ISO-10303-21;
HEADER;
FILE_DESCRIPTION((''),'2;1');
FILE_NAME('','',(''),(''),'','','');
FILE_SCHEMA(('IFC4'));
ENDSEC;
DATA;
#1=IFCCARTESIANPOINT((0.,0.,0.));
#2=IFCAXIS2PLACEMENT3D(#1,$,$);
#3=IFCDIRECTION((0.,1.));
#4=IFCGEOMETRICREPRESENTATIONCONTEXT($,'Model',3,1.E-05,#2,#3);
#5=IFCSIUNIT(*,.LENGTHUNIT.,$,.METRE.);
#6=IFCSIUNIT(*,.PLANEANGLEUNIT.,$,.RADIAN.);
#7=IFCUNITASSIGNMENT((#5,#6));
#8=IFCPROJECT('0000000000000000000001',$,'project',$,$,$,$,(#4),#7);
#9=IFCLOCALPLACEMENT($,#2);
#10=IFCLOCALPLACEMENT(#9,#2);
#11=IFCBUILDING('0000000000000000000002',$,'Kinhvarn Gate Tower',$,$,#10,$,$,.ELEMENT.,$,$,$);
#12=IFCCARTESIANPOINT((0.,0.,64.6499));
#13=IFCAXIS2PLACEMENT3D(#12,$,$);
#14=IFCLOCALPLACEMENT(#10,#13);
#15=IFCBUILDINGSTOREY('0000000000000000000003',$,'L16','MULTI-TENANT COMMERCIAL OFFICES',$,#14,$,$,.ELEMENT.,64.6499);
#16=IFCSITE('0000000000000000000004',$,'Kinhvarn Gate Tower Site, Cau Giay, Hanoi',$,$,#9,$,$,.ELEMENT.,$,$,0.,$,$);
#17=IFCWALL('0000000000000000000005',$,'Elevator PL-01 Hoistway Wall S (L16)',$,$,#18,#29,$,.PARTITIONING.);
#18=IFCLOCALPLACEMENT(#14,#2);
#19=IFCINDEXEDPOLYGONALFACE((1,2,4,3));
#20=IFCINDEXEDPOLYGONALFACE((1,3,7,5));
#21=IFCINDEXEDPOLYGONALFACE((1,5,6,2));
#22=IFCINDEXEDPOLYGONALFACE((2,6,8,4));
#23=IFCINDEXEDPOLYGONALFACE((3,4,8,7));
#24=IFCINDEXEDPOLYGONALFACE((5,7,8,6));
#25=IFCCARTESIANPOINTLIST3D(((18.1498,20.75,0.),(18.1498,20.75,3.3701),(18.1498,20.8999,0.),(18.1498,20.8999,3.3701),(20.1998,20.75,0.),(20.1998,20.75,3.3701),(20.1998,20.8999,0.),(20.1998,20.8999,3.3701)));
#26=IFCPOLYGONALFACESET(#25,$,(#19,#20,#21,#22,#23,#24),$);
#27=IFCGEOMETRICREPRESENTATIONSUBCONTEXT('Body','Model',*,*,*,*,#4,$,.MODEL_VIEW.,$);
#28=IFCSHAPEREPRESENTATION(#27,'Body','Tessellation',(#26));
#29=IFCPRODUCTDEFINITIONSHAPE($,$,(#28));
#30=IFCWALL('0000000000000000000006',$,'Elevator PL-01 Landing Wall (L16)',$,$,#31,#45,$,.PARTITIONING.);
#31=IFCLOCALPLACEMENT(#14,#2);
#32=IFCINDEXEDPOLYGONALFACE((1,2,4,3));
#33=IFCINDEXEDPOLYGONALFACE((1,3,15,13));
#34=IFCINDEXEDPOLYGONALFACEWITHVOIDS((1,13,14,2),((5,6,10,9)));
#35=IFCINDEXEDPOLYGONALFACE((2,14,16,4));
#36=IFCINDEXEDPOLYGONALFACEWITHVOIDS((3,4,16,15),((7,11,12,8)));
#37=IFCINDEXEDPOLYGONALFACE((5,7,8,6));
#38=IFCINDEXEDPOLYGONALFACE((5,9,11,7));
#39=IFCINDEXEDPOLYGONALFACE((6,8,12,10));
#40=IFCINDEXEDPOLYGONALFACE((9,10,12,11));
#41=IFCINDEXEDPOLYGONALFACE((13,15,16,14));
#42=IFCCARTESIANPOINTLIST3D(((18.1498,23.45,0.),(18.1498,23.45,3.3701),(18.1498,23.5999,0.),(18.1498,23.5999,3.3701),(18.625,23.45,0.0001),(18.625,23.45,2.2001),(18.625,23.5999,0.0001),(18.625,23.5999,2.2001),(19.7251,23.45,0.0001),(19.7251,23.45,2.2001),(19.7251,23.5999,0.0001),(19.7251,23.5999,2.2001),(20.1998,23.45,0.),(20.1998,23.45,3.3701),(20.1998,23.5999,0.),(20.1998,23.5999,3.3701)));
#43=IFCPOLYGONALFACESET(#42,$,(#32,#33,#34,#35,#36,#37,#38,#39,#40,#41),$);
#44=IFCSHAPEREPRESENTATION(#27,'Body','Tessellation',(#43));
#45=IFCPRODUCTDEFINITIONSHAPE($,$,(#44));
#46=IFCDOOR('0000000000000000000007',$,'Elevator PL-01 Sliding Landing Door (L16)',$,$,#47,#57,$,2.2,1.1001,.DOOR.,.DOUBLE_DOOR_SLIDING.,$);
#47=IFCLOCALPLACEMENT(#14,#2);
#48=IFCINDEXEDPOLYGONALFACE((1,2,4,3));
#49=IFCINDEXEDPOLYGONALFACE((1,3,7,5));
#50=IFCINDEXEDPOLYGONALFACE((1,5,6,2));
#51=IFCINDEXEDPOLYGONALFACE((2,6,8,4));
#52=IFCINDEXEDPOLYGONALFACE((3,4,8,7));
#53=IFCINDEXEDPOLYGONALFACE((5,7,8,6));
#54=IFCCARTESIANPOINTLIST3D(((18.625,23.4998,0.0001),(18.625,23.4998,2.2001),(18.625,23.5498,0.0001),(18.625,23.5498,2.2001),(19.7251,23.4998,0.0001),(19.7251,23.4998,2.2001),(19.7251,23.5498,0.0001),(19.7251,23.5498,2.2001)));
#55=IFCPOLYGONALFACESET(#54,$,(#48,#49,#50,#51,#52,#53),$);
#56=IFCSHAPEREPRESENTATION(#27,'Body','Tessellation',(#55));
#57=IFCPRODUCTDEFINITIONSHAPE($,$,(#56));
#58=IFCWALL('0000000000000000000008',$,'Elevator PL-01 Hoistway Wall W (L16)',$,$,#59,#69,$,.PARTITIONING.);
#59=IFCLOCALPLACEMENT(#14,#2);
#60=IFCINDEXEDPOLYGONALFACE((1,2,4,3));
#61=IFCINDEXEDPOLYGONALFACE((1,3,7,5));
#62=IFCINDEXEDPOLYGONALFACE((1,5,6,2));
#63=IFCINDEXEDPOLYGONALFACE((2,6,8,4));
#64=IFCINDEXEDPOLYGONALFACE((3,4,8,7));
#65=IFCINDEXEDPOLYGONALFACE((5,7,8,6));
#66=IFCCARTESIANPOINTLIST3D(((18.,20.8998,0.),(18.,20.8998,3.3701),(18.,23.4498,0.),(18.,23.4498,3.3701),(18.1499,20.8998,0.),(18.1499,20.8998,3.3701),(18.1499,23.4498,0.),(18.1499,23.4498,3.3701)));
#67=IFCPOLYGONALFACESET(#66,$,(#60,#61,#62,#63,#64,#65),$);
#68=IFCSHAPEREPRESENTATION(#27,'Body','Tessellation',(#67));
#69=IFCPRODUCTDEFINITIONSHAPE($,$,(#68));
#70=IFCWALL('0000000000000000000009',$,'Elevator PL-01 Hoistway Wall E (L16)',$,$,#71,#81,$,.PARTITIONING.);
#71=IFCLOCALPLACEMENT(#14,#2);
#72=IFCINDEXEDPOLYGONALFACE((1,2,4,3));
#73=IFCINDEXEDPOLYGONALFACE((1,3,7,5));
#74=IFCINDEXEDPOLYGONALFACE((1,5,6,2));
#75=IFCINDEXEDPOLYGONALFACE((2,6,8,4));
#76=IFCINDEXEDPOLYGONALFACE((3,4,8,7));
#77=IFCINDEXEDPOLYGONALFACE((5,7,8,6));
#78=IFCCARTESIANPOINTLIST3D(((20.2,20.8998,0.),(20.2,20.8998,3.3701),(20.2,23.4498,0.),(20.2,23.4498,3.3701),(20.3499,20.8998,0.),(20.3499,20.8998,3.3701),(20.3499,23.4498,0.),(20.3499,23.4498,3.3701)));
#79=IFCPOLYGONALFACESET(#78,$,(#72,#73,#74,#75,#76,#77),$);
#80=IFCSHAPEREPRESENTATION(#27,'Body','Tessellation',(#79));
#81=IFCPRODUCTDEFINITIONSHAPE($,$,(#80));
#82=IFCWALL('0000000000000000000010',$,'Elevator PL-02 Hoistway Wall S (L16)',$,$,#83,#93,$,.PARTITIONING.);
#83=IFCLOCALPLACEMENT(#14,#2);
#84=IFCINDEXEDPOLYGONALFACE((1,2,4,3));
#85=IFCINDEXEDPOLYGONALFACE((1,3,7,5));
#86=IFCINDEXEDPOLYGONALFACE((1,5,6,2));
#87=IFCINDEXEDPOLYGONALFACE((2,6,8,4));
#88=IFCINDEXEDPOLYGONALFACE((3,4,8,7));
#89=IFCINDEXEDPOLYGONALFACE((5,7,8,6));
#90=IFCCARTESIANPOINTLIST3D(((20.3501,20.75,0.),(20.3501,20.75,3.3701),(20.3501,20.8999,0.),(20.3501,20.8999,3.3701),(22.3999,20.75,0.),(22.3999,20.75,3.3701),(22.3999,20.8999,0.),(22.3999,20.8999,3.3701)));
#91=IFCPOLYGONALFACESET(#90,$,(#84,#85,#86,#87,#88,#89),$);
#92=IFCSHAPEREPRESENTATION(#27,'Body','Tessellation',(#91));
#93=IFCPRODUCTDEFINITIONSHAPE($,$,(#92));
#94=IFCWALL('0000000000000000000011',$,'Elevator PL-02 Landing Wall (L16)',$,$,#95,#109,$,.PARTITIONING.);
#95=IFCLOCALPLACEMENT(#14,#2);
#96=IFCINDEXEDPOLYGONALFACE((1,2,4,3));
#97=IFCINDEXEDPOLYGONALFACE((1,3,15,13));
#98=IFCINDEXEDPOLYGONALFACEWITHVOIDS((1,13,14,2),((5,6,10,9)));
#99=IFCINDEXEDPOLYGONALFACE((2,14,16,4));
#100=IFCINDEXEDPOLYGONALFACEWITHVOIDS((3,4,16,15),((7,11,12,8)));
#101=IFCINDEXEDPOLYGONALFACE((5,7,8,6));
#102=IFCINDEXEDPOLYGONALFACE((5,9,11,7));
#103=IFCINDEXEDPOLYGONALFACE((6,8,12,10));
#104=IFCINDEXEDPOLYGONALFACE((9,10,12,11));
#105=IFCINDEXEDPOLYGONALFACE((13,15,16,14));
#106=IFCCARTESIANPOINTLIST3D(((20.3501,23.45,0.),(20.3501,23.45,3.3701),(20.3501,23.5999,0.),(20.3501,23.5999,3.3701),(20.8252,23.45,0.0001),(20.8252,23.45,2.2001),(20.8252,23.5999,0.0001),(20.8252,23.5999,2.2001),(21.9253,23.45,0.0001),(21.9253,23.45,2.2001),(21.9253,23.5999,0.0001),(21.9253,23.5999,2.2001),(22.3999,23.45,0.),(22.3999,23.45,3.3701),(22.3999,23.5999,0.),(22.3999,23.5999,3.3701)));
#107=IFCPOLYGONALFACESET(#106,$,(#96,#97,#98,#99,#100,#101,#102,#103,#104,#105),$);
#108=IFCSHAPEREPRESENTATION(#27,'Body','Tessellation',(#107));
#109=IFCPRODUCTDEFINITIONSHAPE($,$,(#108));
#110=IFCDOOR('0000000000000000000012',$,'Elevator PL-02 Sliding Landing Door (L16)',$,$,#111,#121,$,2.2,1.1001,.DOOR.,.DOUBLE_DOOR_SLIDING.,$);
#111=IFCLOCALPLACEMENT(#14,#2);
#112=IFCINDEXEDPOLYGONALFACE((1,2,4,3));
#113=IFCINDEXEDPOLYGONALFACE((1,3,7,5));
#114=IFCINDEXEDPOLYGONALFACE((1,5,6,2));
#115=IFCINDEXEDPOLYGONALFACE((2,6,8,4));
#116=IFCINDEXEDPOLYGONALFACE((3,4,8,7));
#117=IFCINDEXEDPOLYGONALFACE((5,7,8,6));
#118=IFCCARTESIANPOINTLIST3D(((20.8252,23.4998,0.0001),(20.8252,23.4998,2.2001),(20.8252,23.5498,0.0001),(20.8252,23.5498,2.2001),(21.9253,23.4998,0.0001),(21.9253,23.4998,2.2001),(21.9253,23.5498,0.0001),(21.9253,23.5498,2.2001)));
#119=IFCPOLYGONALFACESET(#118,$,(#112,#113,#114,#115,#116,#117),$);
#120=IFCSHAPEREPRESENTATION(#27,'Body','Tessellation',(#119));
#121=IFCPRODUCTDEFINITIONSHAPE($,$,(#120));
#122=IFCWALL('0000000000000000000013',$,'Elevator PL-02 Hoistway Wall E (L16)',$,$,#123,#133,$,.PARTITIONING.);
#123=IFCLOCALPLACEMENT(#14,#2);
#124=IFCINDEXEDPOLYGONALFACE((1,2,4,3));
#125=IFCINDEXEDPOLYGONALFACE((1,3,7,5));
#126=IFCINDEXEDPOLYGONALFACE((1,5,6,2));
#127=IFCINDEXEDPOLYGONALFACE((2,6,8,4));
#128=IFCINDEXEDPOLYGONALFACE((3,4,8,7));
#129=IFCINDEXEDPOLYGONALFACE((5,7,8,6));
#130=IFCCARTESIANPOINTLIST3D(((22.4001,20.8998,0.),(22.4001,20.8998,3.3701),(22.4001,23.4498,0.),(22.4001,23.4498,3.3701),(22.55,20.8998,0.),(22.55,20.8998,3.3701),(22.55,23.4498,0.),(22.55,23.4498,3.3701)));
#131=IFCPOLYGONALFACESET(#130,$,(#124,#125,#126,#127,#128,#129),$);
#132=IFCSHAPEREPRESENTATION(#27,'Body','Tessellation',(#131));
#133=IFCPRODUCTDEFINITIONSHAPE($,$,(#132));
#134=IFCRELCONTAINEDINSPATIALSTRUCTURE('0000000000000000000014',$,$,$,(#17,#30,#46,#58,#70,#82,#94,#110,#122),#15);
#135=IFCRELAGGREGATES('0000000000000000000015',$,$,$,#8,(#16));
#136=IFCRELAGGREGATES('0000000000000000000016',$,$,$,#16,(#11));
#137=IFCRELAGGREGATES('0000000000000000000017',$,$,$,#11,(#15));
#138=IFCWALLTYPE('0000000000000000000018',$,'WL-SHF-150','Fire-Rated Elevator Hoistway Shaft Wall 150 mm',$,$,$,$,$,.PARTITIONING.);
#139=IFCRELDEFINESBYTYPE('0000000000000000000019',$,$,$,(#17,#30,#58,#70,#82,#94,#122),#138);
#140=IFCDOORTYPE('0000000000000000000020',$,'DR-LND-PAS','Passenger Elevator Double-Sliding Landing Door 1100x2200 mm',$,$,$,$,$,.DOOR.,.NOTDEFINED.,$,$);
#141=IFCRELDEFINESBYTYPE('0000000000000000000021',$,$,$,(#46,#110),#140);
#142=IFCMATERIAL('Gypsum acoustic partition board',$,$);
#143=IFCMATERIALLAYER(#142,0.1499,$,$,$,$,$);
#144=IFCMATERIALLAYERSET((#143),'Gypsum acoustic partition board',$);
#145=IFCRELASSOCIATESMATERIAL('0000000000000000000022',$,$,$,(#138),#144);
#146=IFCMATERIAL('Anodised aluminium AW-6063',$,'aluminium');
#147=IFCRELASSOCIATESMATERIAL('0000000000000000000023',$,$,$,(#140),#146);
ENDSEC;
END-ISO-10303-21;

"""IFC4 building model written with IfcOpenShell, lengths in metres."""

from ifc_helpers import new_model, si_unit, direction, frame, frame_2d, origin, place, context, subcontext, project, spatial, rectangle, extrude, material, layer, layer_set, type_object, element, fill, save


model = new_model("IFC4")

# Units and contexts
model_context = context("Model", 3, precision=1e-05, world=origin(), true_north=direction((0.0, 1.0)))
body_context = subcontext(model_context, "Body", "Model", "MODEL_VIEW")
ifc_project = project(units=[si_unit("LENGTHUNIT", "METRE"), si_unit("PLANEANGLEUNIT", "RADIAN")], contexts=[model_context])

# Site, building, storey
site_placement = place(None, origin())
site = spatial("IfcSite", under=ifc_project, at=site_placement, Name="Kinhvarn Gate Tower Site, Cau Giay, Hanoi", CompositionType="ELEMENT", RefElevation=0.0)
building_placement = place(site_placement, origin())
building = spatial("IfcBuilding", under=site, at=building_placement, Name="Kinhvarn Gate Tower", CompositionType="ELEMENT")
storey_placement = place(building_placement, frame((0.0, 0.0, 64.6499)))
storey = spatial("IfcBuildingStorey", under=building, at=storey_placement, Name="L16", Description="MULTI-TENANT COMMERCIAL OFFICES", CompositionType="ELEMENT", Elevation=64.6499)

# Shared definitions
ifc_material_1 = material(Name="Gypsum acoustic partition board")

# Shared definitions
ifc_material_2 = material(Name="Anodised aluminium AW-6063", Category="aluminium")

# Wall
ifc_layer_1 = layer(ifc_material_1, 0.1499)
ifc_layer_set_1 = layer_set([ifc_layer_1], Name="Gypsum acoustic partition board")
wall_type_1 = type_object("IfcWallType", Name="WL-SHF-150", Description="Fire-Rated Elevator Hoistway Shaft Wall 150 mm", PredefinedType="PARTITIONING", material=ifc_layer_set_1)
wall_1_placement = place(storey_placement, frame((18.1499, 20.825, 0.0), z_axis=(0.0, 0.0, 1.0), x_axis=(1.0, 0.0, 0.0)))
element("IfcWall", 1, at=wall_1_placement, inside=storey, type_object=wall_type_1, Name="Elevator PL-01 Hoistway Wall S (L16)", PredefinedType="PARTITIONING", context=body_context, shape_type="SweptSolid", body=[
    extrude(rectangle(XDim=2.05, YDim=0.1499, at=frame_2d((1.0249, 0.0))), origin(), (0.0, 0.0, 1.0), 3.3701),
])

# Wall, opening, door
wall_2_placement = place(storey_placement, frame((18.1499, 23.5249, 0.0), z_axis=(0.0, 0.0, 1.0), x_axis=(1.0, 0.0, 0.0)))
wall_2 = element("IfcWall", 2, at=wall_2_placement, inside=storey, type_object=wall_type_1, Name="Elevator PL-01 Landing Wall (L16)", PredefinedType="PARTITIONING", context=body_context, shape_type="SweptSolid", body=[
    extrude(rectangle(XDim=2.05, YDim=0.1499, at=frame_2d((1.0249, 0.0))), origin(), (0.0, 0.0, 1.0), 3.3701),
])
opening_1_placement = place(wall_2_placement, frame((0.4751, 0.0, 0.0)))
opening_1 = element("IfcOpeningElement", 3, at=opening_1_placement, cuts=wall_2, PredefinedType="OPENING", context=body_context, shape_type="SweptSolid", body=[
    extrude(rectangle(XDim=1.1001, YDim=2.2, at=frame_2d((0.55, 1.1001))), frame((0.0, 0.085, 0.0), z_axis=(0.0, -1.0, 0.0), x_axis=(1.0, 0.0, 0.0)), (0.0, 0.0, 1.0), 0.1699),
])
door_type_1 = type_object("IfcDoorType", Name="DR-LND-PAS", Description="Passenger Elevator Double-Sliding Landing Door 1100x2200 mm", OperationType="NOTDEFINED", PredefinedType="DOOR", material=ifc_material_2)
door_1_placement = place(opening_1_placement, origin())
door_1 = element("IfcDoor", 4, at=door_1_placement, inside=storey, type_object=door_type_1, Name="Elevator PL-01 Sliding Landing Door (L16)", OperationType="DOUBLE_DOOR_SLIDING", OverallHeight=2.2, OverallWidth=1.1001, PredefinedType="DOOR", context=body_context, shape_type="SweptSolid", body=[
    extrude(rectangle(XDim=1.1001, YDim=2.2, at=frame_2d((0.55, 1.1001))), frame((0.0, 0.0249, 0.0), z_axis=(0.0, -1.0, 0.0), x_axis=(1.0, 0.0, 0.0)), (0.0, 0.0, 1.0), 0.05),
])
fill(opening_1, door_1)

# Walls
for number, where, z_axis, x_axis, name in (
    (5, (18.075, 20.8999, 0.0), (0.0, 0.0, 1.0), (0.0, 1.0, 0.0), "Elevator PL-01 Hoistway Wall W (L16)"),
    (6, (20.2749, 20.8999, 0.0), (0.0, 0.0, 1.0), (0.0, 1.0, 0.0), "Elevator PL-01 Hoistway Wall E (L16)"),
):
    element("IfcWall", number, at=place(storey_placement, frame(where, z_axis=z_axis, x_axis=x_axis)), inside=storey, type_object=wall_type_1, Name=name, PredefinedType="PARTITIONING", context=body_context, shape_type="SweptSolid", body=[
        extrude(rectangle(XDim=2.55, YDim=0.1499, at=frame_2d((1.2749, 0.0))), origin(), (0.0, 0.0, 1.0), 3.3701),
    ])
wall_3_placement = place(storey_placement, frame((20.3501, 20.825, 0.0), z_axis=(0.0, 0.0, 1.0), x_axis=(1.0, 0.0, 0.0)))
element("IfcWall", 7, at=wall_3_placement, inside=storey, type_object=wall_type_1, Name="Elevator PL-02 Hoistway Wall S (L16)", PredefinedType="PARTITIONING", context=body_context, shape_type="SweptSolid", body=[
    extrude(rectangle(XDim=2.0498, YDim=0.1499, at=frame_2d((1.0249, 0.0))), origin(), (0.0, 0.0, 1.0), 3.3701),
])

# Wall, opening, door
wall_4_placement = place(storey_placement, frame((20.3501, 23.5249, 0.0), z_axis=(0.0, 0.0, 1.0), x_axis=(1.0, 0.0, 0.0)))
wall_4 = element("IfcWall", 8, at=wall_4_placement, inside=storey, type_object=wall_type_1, Name="Elevator PL-02 Landing Wall (L16)", PredefinedType="PARTITIONING", context=body_context, shape_type="SweptSolid", body=[
    extrude(rectangle(XDim=2.0498, YDim=0.1499, at=frame_2d((1.0249, 0.0))), origin(), (0.0, 0.0, 1.0), 3.3701),
])
opening_2_placement = place(wall_4_placement, frame((0.4751, 0.0, 0.0)))
opening_2 = element("IfcOpeningElement", 9, at=opening_2_placement, cuts=wall_4, PredefinedType="OPENING", context=body_context, shape_type="SweptSolid", body=[
    extrude(rectangle(XDim=1.1001, YDim=2.2, at=frame_2d((0.55, 1.1001))), frame((0.0, 0.085, 0.0), z_axis=(0.0, -1.0, 0.0), x_axis=(1.0, 0.0, 0.0)), (0.0, 0.0, 1.0), 0.1699),
])
door_2_placement = place(opening_2_placement, origin())
door_2 = element("IfcDoor", 10, at=door_2_placement, inside=storey, type_object=door_type_1, Name="Elevator PL-02 Sliding Landing Door (L16)", OperationType="DOUBLE_DOOR_SLIDING", OverallHeight=2.2, OverallWidth=1.1001, PredefinedType="DOOR", context=body_context, shape_type="SweptSolid", body=[
    extrude(rectangle(XDim=1.1001, YDim=2.2, at=frame_2d((0.55, 1.1001))), frame((0.0, 0.0249, 0.0), z_axis=(0.0, -1.0, 0.0), x_axis=(1.0, 0.0, 0.0)), (0.0, 0.0, 1.0), 0.05),
])
fill(opening_2, door_2)

# Wall
wall_5_placement = place(storey_placement, frame((22.4751, 20.8999, 0.0), z_axis=(0.0, 0.0, 1.0), x_axis=(0.0, 1.0, 0.0)))
element("IfcWall", 11, at=wall_5_placement, inside=storey, type_object=wall_type_1, Name="Elevator PL-02 Hoistway Wall E (L16)", PredefinedType="PARTITIONING", context=body_context, shape_type="SweptSolid", body=[
    extrude(rectangle(XDim=2.55, YDim=0.1499, at=frame_2d((1.2749, 0.0))), origin(), (0.0, 0.0, 1.0), 3.3701),
])

save(model, "model.ifc")
